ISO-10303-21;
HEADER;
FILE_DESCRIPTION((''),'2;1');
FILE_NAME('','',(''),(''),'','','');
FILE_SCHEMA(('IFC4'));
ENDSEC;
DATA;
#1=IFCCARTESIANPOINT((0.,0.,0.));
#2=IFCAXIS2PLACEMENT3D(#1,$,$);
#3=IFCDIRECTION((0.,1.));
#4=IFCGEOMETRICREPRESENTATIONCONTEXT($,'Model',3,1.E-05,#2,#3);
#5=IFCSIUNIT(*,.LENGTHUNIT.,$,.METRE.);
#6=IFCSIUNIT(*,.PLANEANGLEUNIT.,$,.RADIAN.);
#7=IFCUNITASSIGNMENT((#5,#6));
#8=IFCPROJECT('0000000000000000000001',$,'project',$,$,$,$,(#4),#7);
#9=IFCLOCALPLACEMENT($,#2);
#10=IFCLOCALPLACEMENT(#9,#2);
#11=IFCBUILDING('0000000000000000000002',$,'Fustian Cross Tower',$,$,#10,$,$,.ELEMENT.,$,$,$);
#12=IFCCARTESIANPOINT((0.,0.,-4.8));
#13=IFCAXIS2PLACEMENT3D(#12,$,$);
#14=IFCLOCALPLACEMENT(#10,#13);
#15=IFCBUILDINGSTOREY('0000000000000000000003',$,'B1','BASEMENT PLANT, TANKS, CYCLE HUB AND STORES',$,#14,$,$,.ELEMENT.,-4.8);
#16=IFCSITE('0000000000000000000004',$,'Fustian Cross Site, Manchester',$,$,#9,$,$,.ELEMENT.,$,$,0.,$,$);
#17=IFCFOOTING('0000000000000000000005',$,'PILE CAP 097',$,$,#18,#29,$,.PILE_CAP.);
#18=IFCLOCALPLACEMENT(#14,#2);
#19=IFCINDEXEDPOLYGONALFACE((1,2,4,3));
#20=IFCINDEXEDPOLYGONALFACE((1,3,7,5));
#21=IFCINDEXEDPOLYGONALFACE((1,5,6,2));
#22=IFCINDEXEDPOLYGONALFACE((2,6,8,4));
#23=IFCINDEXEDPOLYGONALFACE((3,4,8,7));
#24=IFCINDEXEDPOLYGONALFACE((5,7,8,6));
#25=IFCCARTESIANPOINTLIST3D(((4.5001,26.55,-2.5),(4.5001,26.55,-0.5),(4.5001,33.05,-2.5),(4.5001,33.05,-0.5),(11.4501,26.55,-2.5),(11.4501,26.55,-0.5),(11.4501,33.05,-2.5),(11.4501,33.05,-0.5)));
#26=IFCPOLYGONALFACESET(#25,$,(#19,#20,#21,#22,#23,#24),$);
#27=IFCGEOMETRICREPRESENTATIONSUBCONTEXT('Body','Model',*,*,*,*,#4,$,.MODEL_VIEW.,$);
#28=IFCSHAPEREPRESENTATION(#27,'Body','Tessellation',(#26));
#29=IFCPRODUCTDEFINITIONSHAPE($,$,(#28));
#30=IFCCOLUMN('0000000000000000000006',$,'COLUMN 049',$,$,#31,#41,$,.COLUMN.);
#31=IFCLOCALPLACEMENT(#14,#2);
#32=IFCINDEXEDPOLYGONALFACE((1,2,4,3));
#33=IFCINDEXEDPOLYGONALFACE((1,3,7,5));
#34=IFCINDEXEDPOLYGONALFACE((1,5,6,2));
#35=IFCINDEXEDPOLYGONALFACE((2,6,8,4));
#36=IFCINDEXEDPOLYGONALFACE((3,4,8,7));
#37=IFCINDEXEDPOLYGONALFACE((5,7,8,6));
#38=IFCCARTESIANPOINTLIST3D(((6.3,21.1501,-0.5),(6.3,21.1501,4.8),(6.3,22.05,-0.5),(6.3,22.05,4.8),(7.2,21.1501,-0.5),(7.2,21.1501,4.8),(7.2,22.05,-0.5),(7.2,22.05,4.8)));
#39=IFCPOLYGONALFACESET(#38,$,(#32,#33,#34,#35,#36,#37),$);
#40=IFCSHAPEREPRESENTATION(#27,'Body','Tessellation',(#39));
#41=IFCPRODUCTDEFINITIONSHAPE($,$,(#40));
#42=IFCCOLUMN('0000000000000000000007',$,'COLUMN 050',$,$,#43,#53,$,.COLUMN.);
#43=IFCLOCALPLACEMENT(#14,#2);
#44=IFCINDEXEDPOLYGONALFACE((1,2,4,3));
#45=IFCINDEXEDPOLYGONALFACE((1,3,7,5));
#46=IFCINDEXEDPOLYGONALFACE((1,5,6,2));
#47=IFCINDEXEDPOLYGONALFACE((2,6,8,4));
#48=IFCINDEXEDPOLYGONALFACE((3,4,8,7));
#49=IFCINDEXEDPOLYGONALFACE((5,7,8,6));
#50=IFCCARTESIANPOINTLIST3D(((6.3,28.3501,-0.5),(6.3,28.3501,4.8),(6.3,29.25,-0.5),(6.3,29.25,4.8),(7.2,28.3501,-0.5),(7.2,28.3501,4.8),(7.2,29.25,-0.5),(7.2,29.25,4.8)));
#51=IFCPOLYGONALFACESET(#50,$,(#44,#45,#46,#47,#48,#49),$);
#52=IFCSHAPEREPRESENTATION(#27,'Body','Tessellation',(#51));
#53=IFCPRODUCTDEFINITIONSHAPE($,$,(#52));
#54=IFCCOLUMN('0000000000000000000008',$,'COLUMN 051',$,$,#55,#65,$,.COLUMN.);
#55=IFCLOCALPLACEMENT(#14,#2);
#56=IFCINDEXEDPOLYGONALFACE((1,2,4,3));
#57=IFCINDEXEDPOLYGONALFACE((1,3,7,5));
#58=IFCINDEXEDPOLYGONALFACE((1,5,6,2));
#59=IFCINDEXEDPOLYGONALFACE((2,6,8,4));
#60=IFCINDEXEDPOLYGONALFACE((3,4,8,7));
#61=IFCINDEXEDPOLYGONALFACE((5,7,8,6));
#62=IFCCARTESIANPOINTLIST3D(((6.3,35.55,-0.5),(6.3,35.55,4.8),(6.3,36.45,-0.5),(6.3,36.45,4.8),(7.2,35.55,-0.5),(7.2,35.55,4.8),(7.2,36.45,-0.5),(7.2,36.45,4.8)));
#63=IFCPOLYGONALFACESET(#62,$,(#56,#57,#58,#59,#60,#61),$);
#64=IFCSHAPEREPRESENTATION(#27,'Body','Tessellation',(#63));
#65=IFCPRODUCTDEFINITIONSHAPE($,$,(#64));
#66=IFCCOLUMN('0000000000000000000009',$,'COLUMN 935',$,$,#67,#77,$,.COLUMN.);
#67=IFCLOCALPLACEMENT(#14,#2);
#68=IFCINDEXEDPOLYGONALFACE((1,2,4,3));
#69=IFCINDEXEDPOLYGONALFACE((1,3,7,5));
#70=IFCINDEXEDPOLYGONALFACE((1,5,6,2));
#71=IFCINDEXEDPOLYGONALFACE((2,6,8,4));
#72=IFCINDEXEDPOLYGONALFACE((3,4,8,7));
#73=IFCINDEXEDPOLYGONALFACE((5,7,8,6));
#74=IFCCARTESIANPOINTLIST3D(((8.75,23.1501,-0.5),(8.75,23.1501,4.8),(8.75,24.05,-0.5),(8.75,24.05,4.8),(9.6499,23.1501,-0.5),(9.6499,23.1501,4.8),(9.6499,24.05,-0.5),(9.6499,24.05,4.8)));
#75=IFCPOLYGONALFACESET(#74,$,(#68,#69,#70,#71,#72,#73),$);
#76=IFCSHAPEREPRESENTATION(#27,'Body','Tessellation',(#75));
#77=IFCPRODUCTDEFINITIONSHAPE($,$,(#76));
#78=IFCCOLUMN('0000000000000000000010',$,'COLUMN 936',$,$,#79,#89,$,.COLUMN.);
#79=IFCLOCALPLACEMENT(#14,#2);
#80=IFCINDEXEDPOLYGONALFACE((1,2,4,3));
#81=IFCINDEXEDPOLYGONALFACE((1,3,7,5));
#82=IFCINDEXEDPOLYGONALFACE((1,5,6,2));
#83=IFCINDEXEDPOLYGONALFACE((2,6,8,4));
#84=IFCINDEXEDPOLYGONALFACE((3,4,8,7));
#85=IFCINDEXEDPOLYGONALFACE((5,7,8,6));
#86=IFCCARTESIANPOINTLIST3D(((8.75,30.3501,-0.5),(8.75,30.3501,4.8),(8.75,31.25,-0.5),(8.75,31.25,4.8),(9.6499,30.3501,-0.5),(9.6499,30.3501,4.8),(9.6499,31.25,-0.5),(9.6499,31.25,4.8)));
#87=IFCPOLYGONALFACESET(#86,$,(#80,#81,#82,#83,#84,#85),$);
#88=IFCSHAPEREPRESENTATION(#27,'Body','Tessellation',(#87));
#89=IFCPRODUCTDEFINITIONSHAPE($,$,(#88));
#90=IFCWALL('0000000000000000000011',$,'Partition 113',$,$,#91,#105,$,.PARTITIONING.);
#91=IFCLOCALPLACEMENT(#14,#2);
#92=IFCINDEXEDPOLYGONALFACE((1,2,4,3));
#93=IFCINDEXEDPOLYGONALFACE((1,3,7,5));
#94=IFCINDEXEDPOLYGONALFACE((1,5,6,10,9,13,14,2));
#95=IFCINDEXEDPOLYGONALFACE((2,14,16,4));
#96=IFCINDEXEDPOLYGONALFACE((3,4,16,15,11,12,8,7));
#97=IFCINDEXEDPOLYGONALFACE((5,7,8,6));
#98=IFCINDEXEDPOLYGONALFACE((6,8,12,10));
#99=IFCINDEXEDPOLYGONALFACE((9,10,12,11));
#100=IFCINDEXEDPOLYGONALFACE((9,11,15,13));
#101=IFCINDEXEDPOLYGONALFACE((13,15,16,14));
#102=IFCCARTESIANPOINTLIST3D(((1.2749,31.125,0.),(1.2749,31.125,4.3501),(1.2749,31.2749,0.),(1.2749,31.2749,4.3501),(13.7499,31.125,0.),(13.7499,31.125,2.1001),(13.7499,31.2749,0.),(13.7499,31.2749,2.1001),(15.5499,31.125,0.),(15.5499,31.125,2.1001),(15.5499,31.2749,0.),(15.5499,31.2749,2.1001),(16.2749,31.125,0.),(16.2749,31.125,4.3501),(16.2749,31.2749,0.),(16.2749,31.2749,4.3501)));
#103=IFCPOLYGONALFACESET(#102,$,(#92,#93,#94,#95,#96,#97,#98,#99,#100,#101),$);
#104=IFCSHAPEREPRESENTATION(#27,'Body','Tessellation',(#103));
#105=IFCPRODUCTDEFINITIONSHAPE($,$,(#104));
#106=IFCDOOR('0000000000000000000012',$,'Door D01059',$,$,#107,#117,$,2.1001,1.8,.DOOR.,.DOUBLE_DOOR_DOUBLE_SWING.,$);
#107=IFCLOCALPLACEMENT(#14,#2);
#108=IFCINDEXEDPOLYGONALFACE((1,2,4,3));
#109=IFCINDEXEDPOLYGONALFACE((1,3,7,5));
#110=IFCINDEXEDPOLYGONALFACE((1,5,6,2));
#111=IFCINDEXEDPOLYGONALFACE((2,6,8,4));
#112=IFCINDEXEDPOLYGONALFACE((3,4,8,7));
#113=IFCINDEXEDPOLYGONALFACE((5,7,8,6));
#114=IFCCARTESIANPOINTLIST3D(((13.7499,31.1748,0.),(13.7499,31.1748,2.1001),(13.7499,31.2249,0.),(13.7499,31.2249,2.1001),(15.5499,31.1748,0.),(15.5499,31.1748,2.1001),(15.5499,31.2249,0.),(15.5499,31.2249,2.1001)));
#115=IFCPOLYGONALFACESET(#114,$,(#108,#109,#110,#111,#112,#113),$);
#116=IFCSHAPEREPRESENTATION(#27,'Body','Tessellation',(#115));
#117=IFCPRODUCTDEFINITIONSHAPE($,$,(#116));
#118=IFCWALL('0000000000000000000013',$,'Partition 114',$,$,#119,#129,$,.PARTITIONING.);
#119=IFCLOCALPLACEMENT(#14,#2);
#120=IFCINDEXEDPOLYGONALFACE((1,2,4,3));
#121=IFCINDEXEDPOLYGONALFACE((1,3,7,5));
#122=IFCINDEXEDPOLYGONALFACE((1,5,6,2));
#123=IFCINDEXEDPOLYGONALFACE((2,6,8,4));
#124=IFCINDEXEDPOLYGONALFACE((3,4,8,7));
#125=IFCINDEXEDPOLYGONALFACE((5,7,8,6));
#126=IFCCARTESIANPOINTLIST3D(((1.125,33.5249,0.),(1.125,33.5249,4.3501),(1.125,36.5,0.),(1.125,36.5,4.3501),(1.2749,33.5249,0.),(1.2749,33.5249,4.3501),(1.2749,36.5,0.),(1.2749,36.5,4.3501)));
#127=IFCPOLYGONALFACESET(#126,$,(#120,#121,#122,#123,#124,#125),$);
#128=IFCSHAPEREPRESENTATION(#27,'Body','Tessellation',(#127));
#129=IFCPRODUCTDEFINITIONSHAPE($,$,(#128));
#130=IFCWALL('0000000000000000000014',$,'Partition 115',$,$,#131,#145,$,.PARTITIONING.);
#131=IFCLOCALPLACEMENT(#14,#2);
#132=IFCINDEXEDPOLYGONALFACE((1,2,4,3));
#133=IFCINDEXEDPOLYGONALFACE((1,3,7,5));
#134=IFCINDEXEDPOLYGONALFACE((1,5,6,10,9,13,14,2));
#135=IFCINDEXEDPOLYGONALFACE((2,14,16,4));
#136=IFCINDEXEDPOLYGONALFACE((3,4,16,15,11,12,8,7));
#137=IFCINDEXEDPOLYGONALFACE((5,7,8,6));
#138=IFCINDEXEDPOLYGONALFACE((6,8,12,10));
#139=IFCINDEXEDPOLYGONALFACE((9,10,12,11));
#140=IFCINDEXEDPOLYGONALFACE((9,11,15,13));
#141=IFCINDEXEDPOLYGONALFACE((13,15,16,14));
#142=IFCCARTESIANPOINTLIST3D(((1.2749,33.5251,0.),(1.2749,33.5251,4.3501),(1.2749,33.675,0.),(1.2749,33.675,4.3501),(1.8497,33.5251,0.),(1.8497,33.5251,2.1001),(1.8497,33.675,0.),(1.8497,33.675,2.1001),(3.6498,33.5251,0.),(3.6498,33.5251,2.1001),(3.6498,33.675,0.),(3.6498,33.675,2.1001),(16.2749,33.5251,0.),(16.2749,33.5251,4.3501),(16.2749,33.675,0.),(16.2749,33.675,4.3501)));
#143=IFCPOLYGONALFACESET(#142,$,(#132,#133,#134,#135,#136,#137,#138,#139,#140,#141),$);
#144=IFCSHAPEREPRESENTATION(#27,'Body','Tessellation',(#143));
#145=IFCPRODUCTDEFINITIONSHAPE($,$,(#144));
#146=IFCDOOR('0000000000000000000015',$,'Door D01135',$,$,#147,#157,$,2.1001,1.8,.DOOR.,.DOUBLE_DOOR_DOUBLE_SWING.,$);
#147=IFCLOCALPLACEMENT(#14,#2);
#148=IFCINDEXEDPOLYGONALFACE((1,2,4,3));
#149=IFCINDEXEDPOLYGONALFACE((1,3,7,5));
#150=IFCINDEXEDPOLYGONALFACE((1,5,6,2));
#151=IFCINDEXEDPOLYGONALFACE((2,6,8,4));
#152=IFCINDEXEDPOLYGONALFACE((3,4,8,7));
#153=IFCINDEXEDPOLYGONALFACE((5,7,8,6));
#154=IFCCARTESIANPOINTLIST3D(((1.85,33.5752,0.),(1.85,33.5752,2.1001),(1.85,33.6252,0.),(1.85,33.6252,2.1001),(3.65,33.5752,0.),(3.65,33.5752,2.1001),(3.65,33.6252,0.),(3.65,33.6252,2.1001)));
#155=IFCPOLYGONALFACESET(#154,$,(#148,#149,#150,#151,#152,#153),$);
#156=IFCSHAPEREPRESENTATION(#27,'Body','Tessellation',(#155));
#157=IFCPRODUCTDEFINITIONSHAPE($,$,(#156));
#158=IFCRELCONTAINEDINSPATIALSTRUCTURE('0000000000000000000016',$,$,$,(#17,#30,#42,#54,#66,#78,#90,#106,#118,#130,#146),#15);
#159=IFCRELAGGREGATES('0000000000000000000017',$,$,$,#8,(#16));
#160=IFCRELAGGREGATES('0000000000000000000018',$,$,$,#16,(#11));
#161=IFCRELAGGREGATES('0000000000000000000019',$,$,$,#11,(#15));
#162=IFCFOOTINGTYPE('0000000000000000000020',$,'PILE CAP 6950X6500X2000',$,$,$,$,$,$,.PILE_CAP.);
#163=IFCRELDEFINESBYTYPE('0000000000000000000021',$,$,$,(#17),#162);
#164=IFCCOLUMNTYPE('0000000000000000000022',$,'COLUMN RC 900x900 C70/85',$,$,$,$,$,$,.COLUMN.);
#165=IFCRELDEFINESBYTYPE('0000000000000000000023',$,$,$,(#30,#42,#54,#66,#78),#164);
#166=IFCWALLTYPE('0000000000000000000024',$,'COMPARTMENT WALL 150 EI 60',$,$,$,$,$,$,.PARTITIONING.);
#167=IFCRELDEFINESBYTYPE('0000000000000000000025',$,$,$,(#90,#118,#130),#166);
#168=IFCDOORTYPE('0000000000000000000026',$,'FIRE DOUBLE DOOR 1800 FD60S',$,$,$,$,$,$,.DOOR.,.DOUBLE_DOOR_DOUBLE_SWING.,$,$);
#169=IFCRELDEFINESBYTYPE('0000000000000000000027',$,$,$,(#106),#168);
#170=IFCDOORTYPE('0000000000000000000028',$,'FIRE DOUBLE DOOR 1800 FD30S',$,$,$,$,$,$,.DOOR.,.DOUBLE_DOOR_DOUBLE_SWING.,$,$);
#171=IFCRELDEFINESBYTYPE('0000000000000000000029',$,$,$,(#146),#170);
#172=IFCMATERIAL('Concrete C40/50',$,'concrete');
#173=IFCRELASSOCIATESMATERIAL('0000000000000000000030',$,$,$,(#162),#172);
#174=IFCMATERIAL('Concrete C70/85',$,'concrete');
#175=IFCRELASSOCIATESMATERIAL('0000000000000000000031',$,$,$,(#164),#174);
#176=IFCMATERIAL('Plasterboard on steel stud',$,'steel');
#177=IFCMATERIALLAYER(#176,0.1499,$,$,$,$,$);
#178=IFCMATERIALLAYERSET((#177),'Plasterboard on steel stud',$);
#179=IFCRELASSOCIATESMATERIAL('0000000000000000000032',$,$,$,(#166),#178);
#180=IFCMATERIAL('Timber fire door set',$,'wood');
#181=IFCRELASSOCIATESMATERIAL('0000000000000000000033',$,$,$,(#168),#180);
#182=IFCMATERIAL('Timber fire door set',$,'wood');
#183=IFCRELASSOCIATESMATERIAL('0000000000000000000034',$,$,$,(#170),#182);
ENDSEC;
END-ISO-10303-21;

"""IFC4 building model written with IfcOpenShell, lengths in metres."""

from ifc_helpers import new_model, si_unit, direction, frame, frame_2d, origin, origin_2d, place, context, subcontext, project, spatial, rectangle, extrude, material, layer, layer_set, material_profile, profile_set, type_object, element, fill, save


model = new_model("IFC4")

# Units and contexts
model_context = context("Model", 3, precision=1e-05, world=origin(), true_north=direction((0.0, 1.0)))
body_context = subcontext(model_context, "Body", "Model", "MODEL_VIEW")
ifc_project = project(units=[si_unit("LENGTHUNIT", "METRE"), si_unit("PLANEANGLEUNIT", "RADIAN")], contexts=[model_context])

# Site, building, storey
site_placement = place(None, origin())
site = spatial("IfcSite", under=ifc_project, at=site_placement, Name="Fustian Cross Site, Manchester", CompositionType="ELEMENT", RefElevation=0.0)
building_placement = place(site_placement, origin())
building = spatial("IfcBuilding", under=site, at=building_placement, Name="Fustian Cross Tower", CompositionType="ELEMENT")
storey_placement = place(building_placement, frame((0.0, 0.0, -4.8)))
storey = spatial("IfcBuildingStorey", under=building, at=storey_placement, Name="B1", Description="BASEMENT PLANT, TANKS, CYCLE HUB AND STORES", CompositionType="ELEMENT", Elevation=-4.8)

# Footing
ifc_material_1 = material(Name="Concrete C40/50", Category="concrete")
footing_type = type_object("IfcFootingType", Name="PILE CAP 6950X6500X2000", PredefinedType="PILE_CAP", material=ifc_material_1)
footing_placement = place(storey_placement, frame((7.9751, 29.8, -2.5), z_axis=(0.0, 0.0, 1.0), x_axis=(1.0, 0.0, 0.0)))
element("IfcFooting", 1, at=footing_placement, inside=storey, type_object=footing_type, Name="PILE CAP 097", PredefinedType="PILE_CAP", context=body_context, shape_type="SweptSolid", body=[
    extrude(rectangle(XDim=6.95, YDim=6.5, at=origin_2d()), origin(), (0.0, 0.0, 1.0), 2.0),
])

# Columns
ifc_material_2 = material(Name="Concrete C70/85", Category="concrete")
ifc_material_profile_1 = material_profile(ifc_material_2, rectangle(XDim=0.8999, YDim=0.8999, at=origin_2d()), Name="RC 900x900")
ifc_profile_set_1 = profile_set([ifc_material_profile_1], Name="Concrete C70/85")
column_type = type_object("IfcColumnType", Name="COLUMN RC 900x900 C70/85", PredefinedType="COLUMN", material=ifc_profile_set_1)
for number, where, z_axis, x_axis, name in (
    (2, (6.75, 21.6001, -0.5), (0.0, 0.0, 1.0), (1.0, 0.0, 0.0), "COLUMN 049"),
    (3, (6.75, 28.8, -0.5), (0.0, 0.0, 1.0), (1.0, 0.0, 0.0), "COLUMN 050"),
    (4, (6.75, 36.0, -0.5), (0.0, 0.0, 1.0), (1.0, 0.0, 0.0), "COLUMN 051"),
    (5, (9.2, 23.6001, -0.5), (0.0, 0.0, 1.0), (1.0, 0.0, 0.0), "COLUMN 935"),
    (6, (9.2, 30.8, -0.5), (0.0, 0.0, 1.0), (1.0, 0.0, 0.0), "COLUMN 936"),
):
    element("IfcColumn", number, at=place(storey_placement, frame(where, z_axis=z_axis, x_axis=x_axis)), inside=storey, type_object=column_type, Name=name, PredefinedType="COLUMN", context=body_context, shape_type="SweptSolid", body=[
        extrude(rectangle(XDim=0.8999, YDim=0.8999, at=origin_2d()), origin(), (0.0, 0.0, 1.0), 5.3),
    ])

# Wall, opening, door
ifc_material_3 = material(Name="Plasterboard on steel stud", Category="steel")
ifc_layer = layer(ifc_material_3, 0.1499)
ifc_layer_set = layer_set([ifc_layer], Name="Plasterboard on steel stud")
wall_type = type_object("IfcWallType", Name="COMPARTMENT WALL 150 EI 60", PredefinedType="PARTITIONING", material=ifc_layer_set)
wall_1_placement = place(storey_placement, frame((1.2749, 31.2, 0.0), z_axis=(0.0, 0.0, 1.0), x_axis=(1.0, 0.0, 0.0)))
wall_1 = element("IfcWall", 7, at=wall_1_placement, inside=storey, type_object=wall_type, Name="Partition 113", PredefinedType="PARTITIONING", context=body_context, shape_type="SweptSolid", body=[
    extrude(rectangle(XDim=15.0, YDim=0.1499, at=frame_2d((7.5, 0.0))), origin(), (0.0, 0.0, 1.0), 4.3501),
])
opening_1_placement = place(wall_1_placement, frame((12.4751, 0.0, 0.0)))
opening_1 = element("IfcOpeningElement", 8, at=opening_1_placement, cuts=wall_1, PredefinedType="OPENING", context=body_context, shape_type="SweptSolid", body=[
    extrude(rectangle(XDim=1.8, YDim=2.1001, at=frame_2d((0.8999, 1.05))), frame((0.0, 0.085, 0.0), z_axis=(0.0, -1.0, 0.0), x_axis=(1.0, 0.0, 0.0)), (0.0, 0.0, 1.0), 0.1699),
])
ifc_material_4 = material(Name="Timber fire door set", Category="wood")
door_type_1 = type_object("IfcDoorType", Name="FIRE DOUBLE DOOR 1800 FD60S", OperationType="DOUBLE_DOOR_DOUBLE_SWING", PredefinedType="DOOR", material=ifc_material_4)
door_1_placement = place(opening_1_placement, origin())
door_1 = element("IfcDoor", 9, at=door_1_placement, inside=storey, type_object=door_type_1, Name="Door D01059", OperationType="DOUBLE_DOOR_DOUBLE_SWING", OverallHeight=2.1001, OverallWidth=1.8, PredefinedType="DOOR", context=body_context, shape_type="SweptSolid", body=[
    extrude(rectangle(XDim=1.8, YDim=2.1001, at=frame_2d((0.8999, 1.05))), frame((0.0, 0.0249, 0.0), z_axis=(0.0, -1.0, 0.0), x_axis=(1.0, 0.0, 0.0)), (0.0, 0.0, 1.0), 0.05),
])
fill(opening_1, door_1)

# Wall
wall_2_placement = place(storey_placement, frame((1.2, 33.5249, 0.0), z_axis=(0.0, 0.0, 1.0), x_axis=(0.0, 1.0, 0.0)))
element("IfcWall", 10, at=wall_2_placement, inside=storey, type_object=wall_type, Name="Partition 114", PredefinedType="PARTITIONING", context=body_context, shape_type="SweptSolid", body=[
    extrude(rectangle(XDim=2.9751, YDim=0.1499, at=frame_2d((1.4875, 0.0))), origin(), (0.0, 0.0, 1.0), 4.3501),
])

# Wall, opening, door
wall_3_placement = place(storey_placement, frame((1.2749, 33.6001, 0.0), z_axis=(0.0, 0.0, 1.0), x_axis=(1.0, 0.0, 0.0)))
wall_3 = element("IfcWall", 11, at=wall_3_placement, inside=storey, type_object=wall_type, Name="Partition 115", PredefinedType="PARTITIONING", context=body_context, shape_type="SweptSolid", body=[
    extrude(rectangle(XDim=15.0, YDim=0.1499, at=frame_2d((7.5, 0.0))), origin(), (0.0, 0.0, 1.0), 4.3501),
])
opening_2_placement = place(wall_3_placement, frame((0.575, 0.0, 0.0)))
opening_2 = element("IfcOpeningElement", 12, at=opening_2_placement, cuts=wall_3, PredefinedType="OPENING", context=body_context, shape_type="SweptSolid", body=[
    extrude(rectangle(XDim=1.8, YDim=2.1001, at=frame_2d((0.8999, 1.05))), frame((0.0, 0.085, 0.0), z_axis=(0.0, -1.0, 0.0), x_axis=(1.0, 0.0, 0.0)), (0.0, 0.0, 1.0), 0.1699),
])
ifc_material_5 = material(Name="Timber fire door set", Category="wood")
door_type_2 = type_object("IfcDoorType", Name="FIRE DOUBLE DOOR 1800 FD30S", OperationType="DOUBLE_DOOR_DOUBLE_SWING", PredefinedType="DOOR", material=ifc_material_5)
door_2_placement = place(opening_2_placement, frame((1.8, 0.0, 0.0), z_axis=(0.0, 0.0, 1.0), x_axis=(-1.0, 0.0, 0.0)))
door_2 = element("IfcDoor", 13, at=door_2_placement, inside=storey, type_object=door_type_2, Name="Door D01135", OperationType="DOUBLE_DOOR_DOUBLE_SWING", OverallHeight=2.1001, OverallWidth=1.8, PredefinedType="DOOR", context=body_context, shape_type="SweptSolid", body=[
    extrude(rectangle(XDim=1.8, YDim=2.1001, at=frame_2d((0.8999, 1.05))), frame((0.0, 0.0249, 0.0), z_axis=(0.0, -1.0, 0.0), x_axis=(1.0, 0.0, 0.0)), (0.0, 0.0, 1.0), 0.05),
])
fill(opening_2, door_2)

save(model, "model.ifc")
